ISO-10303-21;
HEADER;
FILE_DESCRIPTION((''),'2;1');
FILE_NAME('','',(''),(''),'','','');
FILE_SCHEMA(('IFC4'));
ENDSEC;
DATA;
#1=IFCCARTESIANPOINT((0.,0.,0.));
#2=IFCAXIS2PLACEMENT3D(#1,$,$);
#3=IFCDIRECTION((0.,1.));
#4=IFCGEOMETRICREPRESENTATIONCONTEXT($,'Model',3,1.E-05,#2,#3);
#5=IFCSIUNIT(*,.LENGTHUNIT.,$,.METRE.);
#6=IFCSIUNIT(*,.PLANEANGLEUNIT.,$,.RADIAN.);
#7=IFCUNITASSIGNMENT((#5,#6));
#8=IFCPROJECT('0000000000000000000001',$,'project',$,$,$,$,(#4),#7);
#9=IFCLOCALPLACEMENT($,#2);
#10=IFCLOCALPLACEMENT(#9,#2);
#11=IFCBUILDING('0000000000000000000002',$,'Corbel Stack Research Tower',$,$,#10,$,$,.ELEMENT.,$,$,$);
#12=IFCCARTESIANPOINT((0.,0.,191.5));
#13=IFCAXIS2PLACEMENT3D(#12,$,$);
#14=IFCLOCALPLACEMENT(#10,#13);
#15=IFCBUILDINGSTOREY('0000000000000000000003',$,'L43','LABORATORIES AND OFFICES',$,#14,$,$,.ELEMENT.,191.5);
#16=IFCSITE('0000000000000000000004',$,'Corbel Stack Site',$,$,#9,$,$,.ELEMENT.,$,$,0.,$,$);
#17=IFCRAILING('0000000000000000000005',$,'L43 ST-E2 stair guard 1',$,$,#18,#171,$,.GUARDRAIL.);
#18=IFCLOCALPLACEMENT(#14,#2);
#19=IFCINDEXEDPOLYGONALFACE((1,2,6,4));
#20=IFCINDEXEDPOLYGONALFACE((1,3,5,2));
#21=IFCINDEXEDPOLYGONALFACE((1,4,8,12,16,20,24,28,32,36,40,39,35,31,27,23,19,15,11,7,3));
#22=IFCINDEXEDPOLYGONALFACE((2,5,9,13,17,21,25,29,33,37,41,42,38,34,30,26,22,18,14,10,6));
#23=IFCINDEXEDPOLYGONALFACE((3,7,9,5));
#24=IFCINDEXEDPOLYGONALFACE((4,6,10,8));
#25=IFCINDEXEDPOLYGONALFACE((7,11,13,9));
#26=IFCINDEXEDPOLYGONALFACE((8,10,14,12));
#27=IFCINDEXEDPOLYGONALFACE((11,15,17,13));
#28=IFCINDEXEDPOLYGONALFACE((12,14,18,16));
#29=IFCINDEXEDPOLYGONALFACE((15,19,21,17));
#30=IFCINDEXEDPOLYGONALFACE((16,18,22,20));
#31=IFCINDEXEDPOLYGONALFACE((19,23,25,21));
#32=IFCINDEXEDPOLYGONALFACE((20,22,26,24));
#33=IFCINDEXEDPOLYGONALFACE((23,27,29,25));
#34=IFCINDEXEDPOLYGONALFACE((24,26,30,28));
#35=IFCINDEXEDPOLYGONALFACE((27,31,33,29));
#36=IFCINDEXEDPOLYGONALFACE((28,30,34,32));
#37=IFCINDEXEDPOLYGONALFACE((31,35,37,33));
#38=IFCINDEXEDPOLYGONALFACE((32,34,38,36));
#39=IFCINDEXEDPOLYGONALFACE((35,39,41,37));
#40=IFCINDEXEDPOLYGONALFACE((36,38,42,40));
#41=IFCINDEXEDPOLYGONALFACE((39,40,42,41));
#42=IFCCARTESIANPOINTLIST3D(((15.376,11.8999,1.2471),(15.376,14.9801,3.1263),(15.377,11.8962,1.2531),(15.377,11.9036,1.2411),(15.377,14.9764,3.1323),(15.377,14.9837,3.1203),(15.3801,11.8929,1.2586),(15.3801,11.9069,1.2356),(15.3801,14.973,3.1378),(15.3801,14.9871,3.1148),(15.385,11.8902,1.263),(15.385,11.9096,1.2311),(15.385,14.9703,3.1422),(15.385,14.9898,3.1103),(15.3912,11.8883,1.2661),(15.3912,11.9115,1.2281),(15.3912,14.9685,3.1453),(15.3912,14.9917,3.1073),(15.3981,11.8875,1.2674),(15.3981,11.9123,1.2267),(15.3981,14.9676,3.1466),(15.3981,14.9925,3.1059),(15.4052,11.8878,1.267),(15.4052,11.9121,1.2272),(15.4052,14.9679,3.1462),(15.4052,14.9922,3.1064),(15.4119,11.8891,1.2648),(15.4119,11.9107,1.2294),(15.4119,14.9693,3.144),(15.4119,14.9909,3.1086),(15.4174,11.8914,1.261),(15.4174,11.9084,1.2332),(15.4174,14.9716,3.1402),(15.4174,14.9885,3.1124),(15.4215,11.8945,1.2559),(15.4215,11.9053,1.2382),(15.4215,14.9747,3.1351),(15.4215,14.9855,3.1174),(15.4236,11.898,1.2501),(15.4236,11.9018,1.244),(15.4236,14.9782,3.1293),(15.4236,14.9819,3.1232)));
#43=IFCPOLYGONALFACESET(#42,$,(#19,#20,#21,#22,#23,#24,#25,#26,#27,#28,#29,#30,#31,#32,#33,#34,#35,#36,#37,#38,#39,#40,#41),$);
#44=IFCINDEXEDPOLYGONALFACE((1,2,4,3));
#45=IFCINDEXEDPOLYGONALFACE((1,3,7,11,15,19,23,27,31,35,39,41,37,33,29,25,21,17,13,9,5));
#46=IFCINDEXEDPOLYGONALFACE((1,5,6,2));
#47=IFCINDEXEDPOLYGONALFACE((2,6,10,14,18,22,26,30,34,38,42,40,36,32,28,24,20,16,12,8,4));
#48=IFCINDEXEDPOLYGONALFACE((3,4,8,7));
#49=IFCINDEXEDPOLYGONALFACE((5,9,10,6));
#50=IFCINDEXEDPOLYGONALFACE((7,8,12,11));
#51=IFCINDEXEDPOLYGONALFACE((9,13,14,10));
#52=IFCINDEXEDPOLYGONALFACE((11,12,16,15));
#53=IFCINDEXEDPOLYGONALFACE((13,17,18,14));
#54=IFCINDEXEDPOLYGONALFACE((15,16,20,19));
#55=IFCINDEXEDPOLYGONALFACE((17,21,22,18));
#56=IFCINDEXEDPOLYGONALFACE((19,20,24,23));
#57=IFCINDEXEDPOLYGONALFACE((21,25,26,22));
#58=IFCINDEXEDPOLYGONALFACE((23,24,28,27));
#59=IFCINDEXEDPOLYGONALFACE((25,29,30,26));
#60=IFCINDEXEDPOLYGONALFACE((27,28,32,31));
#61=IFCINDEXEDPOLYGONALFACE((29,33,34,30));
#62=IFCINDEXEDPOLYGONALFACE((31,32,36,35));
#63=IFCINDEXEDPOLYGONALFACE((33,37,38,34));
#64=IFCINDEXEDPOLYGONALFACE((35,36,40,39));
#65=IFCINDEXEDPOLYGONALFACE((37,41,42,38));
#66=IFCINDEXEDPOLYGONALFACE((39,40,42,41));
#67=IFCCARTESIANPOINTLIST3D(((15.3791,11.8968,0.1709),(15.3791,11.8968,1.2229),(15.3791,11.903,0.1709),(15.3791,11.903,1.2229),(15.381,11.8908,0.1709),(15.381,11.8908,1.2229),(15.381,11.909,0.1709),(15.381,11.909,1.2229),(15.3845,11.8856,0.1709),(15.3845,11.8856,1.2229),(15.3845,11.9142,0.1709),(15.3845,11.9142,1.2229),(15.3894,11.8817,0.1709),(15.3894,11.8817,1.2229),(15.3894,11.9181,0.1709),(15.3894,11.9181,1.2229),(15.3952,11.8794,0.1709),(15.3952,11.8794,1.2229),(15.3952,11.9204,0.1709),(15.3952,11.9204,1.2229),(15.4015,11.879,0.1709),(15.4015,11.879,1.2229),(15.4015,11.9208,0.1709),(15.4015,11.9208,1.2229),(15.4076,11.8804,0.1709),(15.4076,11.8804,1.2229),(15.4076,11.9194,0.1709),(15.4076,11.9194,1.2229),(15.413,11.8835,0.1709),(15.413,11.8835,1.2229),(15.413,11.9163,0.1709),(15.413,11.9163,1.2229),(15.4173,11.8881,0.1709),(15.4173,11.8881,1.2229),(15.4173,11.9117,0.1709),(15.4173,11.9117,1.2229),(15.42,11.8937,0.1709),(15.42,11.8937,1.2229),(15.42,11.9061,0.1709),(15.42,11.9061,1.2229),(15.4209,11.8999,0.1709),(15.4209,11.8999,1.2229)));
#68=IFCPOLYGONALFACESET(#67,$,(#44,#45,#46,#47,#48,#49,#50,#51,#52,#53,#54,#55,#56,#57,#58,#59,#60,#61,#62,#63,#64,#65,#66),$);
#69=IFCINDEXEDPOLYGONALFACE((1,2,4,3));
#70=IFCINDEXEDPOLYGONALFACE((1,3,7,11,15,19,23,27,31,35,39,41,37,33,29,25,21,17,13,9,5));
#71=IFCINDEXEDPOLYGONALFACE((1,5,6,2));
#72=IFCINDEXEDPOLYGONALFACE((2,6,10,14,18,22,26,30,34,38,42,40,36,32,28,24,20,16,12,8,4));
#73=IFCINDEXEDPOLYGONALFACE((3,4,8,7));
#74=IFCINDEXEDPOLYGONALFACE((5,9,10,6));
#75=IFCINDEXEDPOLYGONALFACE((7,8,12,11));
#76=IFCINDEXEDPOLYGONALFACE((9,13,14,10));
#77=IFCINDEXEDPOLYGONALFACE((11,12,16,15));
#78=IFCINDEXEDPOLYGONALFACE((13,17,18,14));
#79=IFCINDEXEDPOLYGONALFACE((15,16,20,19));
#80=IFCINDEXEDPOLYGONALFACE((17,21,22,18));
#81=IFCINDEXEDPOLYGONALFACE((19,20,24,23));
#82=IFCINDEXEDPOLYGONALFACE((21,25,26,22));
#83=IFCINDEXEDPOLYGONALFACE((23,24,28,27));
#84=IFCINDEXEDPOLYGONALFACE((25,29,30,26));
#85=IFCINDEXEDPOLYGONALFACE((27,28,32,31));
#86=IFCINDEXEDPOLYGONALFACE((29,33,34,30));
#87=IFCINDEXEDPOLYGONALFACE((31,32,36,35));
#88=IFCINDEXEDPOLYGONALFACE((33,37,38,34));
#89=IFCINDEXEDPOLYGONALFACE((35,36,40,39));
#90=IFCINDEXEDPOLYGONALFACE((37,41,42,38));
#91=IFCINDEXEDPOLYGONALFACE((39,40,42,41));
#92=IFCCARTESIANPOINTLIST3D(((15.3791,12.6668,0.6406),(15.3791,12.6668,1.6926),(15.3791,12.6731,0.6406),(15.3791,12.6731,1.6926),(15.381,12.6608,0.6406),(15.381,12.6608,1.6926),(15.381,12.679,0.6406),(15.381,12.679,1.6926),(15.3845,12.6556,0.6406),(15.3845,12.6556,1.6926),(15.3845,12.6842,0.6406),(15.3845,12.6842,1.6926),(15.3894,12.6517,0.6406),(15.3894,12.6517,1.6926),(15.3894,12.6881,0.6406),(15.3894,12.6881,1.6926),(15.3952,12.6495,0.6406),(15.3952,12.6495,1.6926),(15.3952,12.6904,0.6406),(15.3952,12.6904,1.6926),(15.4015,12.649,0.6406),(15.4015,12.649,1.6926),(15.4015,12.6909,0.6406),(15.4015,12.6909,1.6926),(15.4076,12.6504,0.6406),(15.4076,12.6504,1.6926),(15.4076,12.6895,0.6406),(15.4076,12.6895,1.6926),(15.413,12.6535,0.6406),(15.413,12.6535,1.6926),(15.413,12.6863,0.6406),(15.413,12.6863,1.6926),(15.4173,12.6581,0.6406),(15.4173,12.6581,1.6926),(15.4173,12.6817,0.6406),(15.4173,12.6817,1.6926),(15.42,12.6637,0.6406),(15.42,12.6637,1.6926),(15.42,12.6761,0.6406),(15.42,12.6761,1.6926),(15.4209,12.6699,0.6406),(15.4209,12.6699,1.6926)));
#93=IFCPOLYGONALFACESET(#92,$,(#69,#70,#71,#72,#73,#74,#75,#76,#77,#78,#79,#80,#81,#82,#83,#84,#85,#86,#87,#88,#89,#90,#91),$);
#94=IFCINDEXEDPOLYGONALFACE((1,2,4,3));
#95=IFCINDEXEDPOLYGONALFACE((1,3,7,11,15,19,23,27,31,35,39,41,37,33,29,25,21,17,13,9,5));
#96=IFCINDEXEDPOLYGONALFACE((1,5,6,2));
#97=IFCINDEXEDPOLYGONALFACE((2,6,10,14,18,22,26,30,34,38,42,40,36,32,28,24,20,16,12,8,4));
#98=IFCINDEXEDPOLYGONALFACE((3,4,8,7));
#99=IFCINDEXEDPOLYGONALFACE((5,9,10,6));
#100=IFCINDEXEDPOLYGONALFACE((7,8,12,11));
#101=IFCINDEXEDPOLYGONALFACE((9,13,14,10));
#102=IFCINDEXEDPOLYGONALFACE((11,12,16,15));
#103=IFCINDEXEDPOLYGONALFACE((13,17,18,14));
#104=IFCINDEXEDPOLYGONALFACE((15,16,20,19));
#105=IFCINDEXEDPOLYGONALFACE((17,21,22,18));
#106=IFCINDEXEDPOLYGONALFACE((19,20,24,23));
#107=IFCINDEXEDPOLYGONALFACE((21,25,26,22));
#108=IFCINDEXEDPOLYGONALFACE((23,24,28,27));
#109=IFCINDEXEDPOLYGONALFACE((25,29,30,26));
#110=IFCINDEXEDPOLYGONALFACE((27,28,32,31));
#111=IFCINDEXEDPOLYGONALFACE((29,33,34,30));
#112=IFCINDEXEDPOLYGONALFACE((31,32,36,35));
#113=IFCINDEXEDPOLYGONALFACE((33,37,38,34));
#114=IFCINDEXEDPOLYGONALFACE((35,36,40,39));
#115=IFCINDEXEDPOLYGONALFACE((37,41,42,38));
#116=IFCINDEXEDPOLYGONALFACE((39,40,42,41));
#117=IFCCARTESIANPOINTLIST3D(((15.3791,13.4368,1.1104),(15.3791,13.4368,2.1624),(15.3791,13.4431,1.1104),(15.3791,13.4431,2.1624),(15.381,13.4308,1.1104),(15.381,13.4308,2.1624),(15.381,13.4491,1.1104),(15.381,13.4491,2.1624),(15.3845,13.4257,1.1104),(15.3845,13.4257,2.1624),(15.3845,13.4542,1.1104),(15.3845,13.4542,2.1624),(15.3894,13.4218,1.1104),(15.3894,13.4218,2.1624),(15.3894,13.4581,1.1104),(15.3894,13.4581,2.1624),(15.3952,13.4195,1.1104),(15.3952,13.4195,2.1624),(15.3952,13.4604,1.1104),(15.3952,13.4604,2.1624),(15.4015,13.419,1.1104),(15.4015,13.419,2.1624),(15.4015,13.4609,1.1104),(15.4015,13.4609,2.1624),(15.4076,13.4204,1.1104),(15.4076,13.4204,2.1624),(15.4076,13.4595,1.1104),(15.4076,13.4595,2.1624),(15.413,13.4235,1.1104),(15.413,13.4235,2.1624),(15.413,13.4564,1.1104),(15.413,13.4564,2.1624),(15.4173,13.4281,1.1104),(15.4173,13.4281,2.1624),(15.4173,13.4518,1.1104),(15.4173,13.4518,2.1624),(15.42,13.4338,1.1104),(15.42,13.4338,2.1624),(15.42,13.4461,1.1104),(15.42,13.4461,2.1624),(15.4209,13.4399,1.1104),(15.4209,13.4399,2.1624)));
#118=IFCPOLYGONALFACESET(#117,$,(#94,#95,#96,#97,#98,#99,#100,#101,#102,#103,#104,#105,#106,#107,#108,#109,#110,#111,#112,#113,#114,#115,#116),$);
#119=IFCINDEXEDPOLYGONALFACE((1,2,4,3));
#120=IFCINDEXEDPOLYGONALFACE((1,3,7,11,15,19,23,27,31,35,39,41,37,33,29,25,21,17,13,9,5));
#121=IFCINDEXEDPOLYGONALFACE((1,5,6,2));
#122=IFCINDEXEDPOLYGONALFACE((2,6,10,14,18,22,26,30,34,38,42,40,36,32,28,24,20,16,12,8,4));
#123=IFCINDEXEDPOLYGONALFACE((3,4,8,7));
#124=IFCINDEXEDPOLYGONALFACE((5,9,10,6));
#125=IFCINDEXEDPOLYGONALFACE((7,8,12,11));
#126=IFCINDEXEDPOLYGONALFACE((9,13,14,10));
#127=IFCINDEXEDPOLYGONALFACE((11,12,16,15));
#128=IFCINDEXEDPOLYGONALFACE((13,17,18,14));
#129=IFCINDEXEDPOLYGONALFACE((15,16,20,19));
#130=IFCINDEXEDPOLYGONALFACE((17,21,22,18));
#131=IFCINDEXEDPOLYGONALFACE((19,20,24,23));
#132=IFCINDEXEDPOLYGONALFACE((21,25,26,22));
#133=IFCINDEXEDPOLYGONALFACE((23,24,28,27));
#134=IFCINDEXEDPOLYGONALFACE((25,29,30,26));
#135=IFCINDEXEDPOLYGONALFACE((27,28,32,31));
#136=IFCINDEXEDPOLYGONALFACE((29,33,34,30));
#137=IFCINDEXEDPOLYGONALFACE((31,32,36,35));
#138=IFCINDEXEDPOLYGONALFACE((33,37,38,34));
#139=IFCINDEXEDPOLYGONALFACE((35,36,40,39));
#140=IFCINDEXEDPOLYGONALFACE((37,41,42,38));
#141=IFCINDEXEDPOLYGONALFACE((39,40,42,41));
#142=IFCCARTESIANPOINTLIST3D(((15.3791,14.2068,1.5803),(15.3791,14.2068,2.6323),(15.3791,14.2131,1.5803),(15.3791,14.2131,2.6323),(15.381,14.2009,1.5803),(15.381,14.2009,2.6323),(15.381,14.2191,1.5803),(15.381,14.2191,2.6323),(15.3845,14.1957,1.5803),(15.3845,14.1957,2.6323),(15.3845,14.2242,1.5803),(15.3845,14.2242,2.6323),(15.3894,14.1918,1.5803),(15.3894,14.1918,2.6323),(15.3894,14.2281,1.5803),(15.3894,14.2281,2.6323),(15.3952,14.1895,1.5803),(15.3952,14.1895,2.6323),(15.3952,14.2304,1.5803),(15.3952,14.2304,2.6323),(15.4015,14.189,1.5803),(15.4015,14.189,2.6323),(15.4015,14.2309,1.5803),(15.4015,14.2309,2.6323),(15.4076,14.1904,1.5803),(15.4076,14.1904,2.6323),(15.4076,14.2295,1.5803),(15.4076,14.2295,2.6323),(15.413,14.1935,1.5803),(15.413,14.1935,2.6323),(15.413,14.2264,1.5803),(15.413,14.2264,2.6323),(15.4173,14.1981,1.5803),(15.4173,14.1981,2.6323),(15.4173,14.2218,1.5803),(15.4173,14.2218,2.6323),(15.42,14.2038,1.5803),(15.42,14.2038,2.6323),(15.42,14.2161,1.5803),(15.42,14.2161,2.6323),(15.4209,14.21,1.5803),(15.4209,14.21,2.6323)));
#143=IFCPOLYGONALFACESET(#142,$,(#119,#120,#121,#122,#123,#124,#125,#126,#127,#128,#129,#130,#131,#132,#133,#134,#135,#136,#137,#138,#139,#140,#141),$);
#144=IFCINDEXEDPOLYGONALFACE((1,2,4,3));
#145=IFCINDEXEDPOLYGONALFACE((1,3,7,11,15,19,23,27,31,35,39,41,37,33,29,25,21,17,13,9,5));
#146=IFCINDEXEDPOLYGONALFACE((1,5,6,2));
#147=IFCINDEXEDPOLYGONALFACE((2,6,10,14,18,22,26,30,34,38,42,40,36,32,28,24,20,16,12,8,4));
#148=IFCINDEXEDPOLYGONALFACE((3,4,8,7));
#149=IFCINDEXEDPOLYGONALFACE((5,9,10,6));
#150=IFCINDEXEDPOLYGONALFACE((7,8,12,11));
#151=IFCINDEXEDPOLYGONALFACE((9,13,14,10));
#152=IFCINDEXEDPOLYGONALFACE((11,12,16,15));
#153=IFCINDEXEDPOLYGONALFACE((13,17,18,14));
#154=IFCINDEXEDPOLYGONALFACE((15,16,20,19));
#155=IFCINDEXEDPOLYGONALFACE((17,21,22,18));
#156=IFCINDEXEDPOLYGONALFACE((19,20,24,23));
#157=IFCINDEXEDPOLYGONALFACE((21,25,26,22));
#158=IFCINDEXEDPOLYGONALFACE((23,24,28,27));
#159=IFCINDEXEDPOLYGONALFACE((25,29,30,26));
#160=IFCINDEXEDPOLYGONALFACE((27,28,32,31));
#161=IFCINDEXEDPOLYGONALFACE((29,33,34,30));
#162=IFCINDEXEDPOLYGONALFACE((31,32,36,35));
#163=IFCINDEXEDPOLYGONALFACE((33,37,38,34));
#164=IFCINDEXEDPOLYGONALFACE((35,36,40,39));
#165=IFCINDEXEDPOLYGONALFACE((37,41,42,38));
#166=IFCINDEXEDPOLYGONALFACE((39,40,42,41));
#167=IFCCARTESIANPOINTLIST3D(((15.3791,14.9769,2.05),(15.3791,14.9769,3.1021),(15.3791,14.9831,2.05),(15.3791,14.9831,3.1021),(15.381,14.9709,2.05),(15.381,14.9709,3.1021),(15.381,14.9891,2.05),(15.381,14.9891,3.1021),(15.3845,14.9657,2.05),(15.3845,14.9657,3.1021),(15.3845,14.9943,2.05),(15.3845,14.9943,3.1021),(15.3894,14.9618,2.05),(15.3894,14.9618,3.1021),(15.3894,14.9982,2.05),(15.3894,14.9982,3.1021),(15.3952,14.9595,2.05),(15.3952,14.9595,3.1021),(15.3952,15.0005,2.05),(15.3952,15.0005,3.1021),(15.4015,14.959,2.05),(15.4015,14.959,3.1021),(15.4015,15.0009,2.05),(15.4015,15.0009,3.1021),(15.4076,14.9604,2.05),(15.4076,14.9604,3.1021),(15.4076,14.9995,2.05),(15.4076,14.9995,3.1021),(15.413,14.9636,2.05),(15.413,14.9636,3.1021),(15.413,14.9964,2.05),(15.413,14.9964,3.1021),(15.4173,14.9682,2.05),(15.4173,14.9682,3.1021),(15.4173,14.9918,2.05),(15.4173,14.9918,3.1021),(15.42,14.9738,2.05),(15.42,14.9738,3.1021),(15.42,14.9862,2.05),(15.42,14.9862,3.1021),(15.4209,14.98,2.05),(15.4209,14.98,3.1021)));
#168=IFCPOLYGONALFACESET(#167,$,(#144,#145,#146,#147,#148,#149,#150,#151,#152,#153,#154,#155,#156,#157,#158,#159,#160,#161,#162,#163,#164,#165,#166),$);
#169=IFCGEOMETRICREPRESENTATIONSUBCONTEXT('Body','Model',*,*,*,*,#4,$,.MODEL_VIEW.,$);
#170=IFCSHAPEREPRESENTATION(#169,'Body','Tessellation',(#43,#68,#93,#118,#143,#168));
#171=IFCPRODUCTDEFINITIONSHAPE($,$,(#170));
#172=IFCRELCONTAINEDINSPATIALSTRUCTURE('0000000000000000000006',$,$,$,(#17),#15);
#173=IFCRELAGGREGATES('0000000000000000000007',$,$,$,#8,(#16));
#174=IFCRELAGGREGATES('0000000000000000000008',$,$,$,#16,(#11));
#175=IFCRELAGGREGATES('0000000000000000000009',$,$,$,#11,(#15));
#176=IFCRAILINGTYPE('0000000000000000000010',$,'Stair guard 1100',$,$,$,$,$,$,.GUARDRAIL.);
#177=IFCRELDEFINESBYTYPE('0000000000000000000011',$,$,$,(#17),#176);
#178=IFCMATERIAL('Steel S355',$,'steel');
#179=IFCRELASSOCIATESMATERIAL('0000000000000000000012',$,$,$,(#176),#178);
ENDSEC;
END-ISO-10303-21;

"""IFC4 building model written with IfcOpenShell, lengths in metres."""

from ifc_helpers import new_model, si_unit, direction, frame, origin, origin_2d, place, context, subcontext, project, spatial, circle, extrude, material, type_object, element, save


model = new_model("IFC4")

# Units and contexts
model_context = context("Model", 3, precision=1e-05, world=origin(), true_north=direction((0.0, 1.0)))
body_context = subcontext(model_context, "Body", "Model", "MODEL_VIEW")
ifc_project = project(units=[si_unit("LENGTHUNIT", "METRE"), si_unit("PLANEANGLEUNIT", "RADIAN")], contexts=[model_context])

# Site, building, storey
site_placement = place(None, origin())
site = spatial("IfcSite", under=ifc_project, at=site_placement, Name="Corbel Stack Site", CompositionType="ELEMENT", RefElevation=0.0)
building_placement = place(site_placement, origin())
building = spatial("IfcBuilding", under=site, at=building_placement, Name="Corbel Stack Research Tower", CompositionType="ELEMENT")
storey_placement = place(building_placement, frame((0.0, 0.0, 191.5)))
storey = spatial("IfcBuildingStorey", under=building, at=storey_placement, Name="L43", Description="LABORATORIES AND OFFICES", CompositionType="ELEMENT", Elevation=191.5)

# Railing
ifc_material_1 = material(Name="Steel S355", Category="steel")
railing_type_1 = type_object("IfcRailingType", Name="Stair guard 1100", PredefinedType="GUARDRAIL", material=ifc_material_1)
railing_1_placement = place(storey_placement, frame((15.3999, 11.8999, 0.1709)))
element("IfcRailing", 1, at=railing_1_placement, inside=storey, type_object=railing_type_1, Name="L43 ST-E2 stair guard 1", PredefinedType="GUARDRAIL", context=body_context, shape_type="SweptSolid", body=[
    extrude(circle(Radius=0.0239, at=origin_2d()), frame((0.0, 0.0, 1.0762), z_axis=(0.0, 0.853666, 0.52082), x_axis=(-1.0, 0.0, 0.0)), (0.0, 0.0, 1.0), 3.6082),
    extrude(circle(Radius=0.021, at=origin_2d()), origin(), (0.0, 0.0, 1.0), 1.052),
    extrude(circle(Radius=0.021, at=origin_2d()), frame((0.0, 0.77, 0.4697)), (0.0, 0.0, 1.0), 1.052),
    extrude(circle(Radius=0.021, at=origin_2d()), frame((0.0, 1.54, 0.9395)), (0.0, 0.0, 1.0), 1.052),
    extrude(circle(Radius=0.021, at=origin_2d()), frame((0.0, 2.3101, 1.4094)), (0.0, 0.0, 1.0), 1.052),
    extrude(circle(Radius=0.021, at=origin_2d()), frame((0.0, 3.0801, 1.8792)), (0.0, 0.0, 1.0), 1.052),
])

save(model, "model.ifc")
